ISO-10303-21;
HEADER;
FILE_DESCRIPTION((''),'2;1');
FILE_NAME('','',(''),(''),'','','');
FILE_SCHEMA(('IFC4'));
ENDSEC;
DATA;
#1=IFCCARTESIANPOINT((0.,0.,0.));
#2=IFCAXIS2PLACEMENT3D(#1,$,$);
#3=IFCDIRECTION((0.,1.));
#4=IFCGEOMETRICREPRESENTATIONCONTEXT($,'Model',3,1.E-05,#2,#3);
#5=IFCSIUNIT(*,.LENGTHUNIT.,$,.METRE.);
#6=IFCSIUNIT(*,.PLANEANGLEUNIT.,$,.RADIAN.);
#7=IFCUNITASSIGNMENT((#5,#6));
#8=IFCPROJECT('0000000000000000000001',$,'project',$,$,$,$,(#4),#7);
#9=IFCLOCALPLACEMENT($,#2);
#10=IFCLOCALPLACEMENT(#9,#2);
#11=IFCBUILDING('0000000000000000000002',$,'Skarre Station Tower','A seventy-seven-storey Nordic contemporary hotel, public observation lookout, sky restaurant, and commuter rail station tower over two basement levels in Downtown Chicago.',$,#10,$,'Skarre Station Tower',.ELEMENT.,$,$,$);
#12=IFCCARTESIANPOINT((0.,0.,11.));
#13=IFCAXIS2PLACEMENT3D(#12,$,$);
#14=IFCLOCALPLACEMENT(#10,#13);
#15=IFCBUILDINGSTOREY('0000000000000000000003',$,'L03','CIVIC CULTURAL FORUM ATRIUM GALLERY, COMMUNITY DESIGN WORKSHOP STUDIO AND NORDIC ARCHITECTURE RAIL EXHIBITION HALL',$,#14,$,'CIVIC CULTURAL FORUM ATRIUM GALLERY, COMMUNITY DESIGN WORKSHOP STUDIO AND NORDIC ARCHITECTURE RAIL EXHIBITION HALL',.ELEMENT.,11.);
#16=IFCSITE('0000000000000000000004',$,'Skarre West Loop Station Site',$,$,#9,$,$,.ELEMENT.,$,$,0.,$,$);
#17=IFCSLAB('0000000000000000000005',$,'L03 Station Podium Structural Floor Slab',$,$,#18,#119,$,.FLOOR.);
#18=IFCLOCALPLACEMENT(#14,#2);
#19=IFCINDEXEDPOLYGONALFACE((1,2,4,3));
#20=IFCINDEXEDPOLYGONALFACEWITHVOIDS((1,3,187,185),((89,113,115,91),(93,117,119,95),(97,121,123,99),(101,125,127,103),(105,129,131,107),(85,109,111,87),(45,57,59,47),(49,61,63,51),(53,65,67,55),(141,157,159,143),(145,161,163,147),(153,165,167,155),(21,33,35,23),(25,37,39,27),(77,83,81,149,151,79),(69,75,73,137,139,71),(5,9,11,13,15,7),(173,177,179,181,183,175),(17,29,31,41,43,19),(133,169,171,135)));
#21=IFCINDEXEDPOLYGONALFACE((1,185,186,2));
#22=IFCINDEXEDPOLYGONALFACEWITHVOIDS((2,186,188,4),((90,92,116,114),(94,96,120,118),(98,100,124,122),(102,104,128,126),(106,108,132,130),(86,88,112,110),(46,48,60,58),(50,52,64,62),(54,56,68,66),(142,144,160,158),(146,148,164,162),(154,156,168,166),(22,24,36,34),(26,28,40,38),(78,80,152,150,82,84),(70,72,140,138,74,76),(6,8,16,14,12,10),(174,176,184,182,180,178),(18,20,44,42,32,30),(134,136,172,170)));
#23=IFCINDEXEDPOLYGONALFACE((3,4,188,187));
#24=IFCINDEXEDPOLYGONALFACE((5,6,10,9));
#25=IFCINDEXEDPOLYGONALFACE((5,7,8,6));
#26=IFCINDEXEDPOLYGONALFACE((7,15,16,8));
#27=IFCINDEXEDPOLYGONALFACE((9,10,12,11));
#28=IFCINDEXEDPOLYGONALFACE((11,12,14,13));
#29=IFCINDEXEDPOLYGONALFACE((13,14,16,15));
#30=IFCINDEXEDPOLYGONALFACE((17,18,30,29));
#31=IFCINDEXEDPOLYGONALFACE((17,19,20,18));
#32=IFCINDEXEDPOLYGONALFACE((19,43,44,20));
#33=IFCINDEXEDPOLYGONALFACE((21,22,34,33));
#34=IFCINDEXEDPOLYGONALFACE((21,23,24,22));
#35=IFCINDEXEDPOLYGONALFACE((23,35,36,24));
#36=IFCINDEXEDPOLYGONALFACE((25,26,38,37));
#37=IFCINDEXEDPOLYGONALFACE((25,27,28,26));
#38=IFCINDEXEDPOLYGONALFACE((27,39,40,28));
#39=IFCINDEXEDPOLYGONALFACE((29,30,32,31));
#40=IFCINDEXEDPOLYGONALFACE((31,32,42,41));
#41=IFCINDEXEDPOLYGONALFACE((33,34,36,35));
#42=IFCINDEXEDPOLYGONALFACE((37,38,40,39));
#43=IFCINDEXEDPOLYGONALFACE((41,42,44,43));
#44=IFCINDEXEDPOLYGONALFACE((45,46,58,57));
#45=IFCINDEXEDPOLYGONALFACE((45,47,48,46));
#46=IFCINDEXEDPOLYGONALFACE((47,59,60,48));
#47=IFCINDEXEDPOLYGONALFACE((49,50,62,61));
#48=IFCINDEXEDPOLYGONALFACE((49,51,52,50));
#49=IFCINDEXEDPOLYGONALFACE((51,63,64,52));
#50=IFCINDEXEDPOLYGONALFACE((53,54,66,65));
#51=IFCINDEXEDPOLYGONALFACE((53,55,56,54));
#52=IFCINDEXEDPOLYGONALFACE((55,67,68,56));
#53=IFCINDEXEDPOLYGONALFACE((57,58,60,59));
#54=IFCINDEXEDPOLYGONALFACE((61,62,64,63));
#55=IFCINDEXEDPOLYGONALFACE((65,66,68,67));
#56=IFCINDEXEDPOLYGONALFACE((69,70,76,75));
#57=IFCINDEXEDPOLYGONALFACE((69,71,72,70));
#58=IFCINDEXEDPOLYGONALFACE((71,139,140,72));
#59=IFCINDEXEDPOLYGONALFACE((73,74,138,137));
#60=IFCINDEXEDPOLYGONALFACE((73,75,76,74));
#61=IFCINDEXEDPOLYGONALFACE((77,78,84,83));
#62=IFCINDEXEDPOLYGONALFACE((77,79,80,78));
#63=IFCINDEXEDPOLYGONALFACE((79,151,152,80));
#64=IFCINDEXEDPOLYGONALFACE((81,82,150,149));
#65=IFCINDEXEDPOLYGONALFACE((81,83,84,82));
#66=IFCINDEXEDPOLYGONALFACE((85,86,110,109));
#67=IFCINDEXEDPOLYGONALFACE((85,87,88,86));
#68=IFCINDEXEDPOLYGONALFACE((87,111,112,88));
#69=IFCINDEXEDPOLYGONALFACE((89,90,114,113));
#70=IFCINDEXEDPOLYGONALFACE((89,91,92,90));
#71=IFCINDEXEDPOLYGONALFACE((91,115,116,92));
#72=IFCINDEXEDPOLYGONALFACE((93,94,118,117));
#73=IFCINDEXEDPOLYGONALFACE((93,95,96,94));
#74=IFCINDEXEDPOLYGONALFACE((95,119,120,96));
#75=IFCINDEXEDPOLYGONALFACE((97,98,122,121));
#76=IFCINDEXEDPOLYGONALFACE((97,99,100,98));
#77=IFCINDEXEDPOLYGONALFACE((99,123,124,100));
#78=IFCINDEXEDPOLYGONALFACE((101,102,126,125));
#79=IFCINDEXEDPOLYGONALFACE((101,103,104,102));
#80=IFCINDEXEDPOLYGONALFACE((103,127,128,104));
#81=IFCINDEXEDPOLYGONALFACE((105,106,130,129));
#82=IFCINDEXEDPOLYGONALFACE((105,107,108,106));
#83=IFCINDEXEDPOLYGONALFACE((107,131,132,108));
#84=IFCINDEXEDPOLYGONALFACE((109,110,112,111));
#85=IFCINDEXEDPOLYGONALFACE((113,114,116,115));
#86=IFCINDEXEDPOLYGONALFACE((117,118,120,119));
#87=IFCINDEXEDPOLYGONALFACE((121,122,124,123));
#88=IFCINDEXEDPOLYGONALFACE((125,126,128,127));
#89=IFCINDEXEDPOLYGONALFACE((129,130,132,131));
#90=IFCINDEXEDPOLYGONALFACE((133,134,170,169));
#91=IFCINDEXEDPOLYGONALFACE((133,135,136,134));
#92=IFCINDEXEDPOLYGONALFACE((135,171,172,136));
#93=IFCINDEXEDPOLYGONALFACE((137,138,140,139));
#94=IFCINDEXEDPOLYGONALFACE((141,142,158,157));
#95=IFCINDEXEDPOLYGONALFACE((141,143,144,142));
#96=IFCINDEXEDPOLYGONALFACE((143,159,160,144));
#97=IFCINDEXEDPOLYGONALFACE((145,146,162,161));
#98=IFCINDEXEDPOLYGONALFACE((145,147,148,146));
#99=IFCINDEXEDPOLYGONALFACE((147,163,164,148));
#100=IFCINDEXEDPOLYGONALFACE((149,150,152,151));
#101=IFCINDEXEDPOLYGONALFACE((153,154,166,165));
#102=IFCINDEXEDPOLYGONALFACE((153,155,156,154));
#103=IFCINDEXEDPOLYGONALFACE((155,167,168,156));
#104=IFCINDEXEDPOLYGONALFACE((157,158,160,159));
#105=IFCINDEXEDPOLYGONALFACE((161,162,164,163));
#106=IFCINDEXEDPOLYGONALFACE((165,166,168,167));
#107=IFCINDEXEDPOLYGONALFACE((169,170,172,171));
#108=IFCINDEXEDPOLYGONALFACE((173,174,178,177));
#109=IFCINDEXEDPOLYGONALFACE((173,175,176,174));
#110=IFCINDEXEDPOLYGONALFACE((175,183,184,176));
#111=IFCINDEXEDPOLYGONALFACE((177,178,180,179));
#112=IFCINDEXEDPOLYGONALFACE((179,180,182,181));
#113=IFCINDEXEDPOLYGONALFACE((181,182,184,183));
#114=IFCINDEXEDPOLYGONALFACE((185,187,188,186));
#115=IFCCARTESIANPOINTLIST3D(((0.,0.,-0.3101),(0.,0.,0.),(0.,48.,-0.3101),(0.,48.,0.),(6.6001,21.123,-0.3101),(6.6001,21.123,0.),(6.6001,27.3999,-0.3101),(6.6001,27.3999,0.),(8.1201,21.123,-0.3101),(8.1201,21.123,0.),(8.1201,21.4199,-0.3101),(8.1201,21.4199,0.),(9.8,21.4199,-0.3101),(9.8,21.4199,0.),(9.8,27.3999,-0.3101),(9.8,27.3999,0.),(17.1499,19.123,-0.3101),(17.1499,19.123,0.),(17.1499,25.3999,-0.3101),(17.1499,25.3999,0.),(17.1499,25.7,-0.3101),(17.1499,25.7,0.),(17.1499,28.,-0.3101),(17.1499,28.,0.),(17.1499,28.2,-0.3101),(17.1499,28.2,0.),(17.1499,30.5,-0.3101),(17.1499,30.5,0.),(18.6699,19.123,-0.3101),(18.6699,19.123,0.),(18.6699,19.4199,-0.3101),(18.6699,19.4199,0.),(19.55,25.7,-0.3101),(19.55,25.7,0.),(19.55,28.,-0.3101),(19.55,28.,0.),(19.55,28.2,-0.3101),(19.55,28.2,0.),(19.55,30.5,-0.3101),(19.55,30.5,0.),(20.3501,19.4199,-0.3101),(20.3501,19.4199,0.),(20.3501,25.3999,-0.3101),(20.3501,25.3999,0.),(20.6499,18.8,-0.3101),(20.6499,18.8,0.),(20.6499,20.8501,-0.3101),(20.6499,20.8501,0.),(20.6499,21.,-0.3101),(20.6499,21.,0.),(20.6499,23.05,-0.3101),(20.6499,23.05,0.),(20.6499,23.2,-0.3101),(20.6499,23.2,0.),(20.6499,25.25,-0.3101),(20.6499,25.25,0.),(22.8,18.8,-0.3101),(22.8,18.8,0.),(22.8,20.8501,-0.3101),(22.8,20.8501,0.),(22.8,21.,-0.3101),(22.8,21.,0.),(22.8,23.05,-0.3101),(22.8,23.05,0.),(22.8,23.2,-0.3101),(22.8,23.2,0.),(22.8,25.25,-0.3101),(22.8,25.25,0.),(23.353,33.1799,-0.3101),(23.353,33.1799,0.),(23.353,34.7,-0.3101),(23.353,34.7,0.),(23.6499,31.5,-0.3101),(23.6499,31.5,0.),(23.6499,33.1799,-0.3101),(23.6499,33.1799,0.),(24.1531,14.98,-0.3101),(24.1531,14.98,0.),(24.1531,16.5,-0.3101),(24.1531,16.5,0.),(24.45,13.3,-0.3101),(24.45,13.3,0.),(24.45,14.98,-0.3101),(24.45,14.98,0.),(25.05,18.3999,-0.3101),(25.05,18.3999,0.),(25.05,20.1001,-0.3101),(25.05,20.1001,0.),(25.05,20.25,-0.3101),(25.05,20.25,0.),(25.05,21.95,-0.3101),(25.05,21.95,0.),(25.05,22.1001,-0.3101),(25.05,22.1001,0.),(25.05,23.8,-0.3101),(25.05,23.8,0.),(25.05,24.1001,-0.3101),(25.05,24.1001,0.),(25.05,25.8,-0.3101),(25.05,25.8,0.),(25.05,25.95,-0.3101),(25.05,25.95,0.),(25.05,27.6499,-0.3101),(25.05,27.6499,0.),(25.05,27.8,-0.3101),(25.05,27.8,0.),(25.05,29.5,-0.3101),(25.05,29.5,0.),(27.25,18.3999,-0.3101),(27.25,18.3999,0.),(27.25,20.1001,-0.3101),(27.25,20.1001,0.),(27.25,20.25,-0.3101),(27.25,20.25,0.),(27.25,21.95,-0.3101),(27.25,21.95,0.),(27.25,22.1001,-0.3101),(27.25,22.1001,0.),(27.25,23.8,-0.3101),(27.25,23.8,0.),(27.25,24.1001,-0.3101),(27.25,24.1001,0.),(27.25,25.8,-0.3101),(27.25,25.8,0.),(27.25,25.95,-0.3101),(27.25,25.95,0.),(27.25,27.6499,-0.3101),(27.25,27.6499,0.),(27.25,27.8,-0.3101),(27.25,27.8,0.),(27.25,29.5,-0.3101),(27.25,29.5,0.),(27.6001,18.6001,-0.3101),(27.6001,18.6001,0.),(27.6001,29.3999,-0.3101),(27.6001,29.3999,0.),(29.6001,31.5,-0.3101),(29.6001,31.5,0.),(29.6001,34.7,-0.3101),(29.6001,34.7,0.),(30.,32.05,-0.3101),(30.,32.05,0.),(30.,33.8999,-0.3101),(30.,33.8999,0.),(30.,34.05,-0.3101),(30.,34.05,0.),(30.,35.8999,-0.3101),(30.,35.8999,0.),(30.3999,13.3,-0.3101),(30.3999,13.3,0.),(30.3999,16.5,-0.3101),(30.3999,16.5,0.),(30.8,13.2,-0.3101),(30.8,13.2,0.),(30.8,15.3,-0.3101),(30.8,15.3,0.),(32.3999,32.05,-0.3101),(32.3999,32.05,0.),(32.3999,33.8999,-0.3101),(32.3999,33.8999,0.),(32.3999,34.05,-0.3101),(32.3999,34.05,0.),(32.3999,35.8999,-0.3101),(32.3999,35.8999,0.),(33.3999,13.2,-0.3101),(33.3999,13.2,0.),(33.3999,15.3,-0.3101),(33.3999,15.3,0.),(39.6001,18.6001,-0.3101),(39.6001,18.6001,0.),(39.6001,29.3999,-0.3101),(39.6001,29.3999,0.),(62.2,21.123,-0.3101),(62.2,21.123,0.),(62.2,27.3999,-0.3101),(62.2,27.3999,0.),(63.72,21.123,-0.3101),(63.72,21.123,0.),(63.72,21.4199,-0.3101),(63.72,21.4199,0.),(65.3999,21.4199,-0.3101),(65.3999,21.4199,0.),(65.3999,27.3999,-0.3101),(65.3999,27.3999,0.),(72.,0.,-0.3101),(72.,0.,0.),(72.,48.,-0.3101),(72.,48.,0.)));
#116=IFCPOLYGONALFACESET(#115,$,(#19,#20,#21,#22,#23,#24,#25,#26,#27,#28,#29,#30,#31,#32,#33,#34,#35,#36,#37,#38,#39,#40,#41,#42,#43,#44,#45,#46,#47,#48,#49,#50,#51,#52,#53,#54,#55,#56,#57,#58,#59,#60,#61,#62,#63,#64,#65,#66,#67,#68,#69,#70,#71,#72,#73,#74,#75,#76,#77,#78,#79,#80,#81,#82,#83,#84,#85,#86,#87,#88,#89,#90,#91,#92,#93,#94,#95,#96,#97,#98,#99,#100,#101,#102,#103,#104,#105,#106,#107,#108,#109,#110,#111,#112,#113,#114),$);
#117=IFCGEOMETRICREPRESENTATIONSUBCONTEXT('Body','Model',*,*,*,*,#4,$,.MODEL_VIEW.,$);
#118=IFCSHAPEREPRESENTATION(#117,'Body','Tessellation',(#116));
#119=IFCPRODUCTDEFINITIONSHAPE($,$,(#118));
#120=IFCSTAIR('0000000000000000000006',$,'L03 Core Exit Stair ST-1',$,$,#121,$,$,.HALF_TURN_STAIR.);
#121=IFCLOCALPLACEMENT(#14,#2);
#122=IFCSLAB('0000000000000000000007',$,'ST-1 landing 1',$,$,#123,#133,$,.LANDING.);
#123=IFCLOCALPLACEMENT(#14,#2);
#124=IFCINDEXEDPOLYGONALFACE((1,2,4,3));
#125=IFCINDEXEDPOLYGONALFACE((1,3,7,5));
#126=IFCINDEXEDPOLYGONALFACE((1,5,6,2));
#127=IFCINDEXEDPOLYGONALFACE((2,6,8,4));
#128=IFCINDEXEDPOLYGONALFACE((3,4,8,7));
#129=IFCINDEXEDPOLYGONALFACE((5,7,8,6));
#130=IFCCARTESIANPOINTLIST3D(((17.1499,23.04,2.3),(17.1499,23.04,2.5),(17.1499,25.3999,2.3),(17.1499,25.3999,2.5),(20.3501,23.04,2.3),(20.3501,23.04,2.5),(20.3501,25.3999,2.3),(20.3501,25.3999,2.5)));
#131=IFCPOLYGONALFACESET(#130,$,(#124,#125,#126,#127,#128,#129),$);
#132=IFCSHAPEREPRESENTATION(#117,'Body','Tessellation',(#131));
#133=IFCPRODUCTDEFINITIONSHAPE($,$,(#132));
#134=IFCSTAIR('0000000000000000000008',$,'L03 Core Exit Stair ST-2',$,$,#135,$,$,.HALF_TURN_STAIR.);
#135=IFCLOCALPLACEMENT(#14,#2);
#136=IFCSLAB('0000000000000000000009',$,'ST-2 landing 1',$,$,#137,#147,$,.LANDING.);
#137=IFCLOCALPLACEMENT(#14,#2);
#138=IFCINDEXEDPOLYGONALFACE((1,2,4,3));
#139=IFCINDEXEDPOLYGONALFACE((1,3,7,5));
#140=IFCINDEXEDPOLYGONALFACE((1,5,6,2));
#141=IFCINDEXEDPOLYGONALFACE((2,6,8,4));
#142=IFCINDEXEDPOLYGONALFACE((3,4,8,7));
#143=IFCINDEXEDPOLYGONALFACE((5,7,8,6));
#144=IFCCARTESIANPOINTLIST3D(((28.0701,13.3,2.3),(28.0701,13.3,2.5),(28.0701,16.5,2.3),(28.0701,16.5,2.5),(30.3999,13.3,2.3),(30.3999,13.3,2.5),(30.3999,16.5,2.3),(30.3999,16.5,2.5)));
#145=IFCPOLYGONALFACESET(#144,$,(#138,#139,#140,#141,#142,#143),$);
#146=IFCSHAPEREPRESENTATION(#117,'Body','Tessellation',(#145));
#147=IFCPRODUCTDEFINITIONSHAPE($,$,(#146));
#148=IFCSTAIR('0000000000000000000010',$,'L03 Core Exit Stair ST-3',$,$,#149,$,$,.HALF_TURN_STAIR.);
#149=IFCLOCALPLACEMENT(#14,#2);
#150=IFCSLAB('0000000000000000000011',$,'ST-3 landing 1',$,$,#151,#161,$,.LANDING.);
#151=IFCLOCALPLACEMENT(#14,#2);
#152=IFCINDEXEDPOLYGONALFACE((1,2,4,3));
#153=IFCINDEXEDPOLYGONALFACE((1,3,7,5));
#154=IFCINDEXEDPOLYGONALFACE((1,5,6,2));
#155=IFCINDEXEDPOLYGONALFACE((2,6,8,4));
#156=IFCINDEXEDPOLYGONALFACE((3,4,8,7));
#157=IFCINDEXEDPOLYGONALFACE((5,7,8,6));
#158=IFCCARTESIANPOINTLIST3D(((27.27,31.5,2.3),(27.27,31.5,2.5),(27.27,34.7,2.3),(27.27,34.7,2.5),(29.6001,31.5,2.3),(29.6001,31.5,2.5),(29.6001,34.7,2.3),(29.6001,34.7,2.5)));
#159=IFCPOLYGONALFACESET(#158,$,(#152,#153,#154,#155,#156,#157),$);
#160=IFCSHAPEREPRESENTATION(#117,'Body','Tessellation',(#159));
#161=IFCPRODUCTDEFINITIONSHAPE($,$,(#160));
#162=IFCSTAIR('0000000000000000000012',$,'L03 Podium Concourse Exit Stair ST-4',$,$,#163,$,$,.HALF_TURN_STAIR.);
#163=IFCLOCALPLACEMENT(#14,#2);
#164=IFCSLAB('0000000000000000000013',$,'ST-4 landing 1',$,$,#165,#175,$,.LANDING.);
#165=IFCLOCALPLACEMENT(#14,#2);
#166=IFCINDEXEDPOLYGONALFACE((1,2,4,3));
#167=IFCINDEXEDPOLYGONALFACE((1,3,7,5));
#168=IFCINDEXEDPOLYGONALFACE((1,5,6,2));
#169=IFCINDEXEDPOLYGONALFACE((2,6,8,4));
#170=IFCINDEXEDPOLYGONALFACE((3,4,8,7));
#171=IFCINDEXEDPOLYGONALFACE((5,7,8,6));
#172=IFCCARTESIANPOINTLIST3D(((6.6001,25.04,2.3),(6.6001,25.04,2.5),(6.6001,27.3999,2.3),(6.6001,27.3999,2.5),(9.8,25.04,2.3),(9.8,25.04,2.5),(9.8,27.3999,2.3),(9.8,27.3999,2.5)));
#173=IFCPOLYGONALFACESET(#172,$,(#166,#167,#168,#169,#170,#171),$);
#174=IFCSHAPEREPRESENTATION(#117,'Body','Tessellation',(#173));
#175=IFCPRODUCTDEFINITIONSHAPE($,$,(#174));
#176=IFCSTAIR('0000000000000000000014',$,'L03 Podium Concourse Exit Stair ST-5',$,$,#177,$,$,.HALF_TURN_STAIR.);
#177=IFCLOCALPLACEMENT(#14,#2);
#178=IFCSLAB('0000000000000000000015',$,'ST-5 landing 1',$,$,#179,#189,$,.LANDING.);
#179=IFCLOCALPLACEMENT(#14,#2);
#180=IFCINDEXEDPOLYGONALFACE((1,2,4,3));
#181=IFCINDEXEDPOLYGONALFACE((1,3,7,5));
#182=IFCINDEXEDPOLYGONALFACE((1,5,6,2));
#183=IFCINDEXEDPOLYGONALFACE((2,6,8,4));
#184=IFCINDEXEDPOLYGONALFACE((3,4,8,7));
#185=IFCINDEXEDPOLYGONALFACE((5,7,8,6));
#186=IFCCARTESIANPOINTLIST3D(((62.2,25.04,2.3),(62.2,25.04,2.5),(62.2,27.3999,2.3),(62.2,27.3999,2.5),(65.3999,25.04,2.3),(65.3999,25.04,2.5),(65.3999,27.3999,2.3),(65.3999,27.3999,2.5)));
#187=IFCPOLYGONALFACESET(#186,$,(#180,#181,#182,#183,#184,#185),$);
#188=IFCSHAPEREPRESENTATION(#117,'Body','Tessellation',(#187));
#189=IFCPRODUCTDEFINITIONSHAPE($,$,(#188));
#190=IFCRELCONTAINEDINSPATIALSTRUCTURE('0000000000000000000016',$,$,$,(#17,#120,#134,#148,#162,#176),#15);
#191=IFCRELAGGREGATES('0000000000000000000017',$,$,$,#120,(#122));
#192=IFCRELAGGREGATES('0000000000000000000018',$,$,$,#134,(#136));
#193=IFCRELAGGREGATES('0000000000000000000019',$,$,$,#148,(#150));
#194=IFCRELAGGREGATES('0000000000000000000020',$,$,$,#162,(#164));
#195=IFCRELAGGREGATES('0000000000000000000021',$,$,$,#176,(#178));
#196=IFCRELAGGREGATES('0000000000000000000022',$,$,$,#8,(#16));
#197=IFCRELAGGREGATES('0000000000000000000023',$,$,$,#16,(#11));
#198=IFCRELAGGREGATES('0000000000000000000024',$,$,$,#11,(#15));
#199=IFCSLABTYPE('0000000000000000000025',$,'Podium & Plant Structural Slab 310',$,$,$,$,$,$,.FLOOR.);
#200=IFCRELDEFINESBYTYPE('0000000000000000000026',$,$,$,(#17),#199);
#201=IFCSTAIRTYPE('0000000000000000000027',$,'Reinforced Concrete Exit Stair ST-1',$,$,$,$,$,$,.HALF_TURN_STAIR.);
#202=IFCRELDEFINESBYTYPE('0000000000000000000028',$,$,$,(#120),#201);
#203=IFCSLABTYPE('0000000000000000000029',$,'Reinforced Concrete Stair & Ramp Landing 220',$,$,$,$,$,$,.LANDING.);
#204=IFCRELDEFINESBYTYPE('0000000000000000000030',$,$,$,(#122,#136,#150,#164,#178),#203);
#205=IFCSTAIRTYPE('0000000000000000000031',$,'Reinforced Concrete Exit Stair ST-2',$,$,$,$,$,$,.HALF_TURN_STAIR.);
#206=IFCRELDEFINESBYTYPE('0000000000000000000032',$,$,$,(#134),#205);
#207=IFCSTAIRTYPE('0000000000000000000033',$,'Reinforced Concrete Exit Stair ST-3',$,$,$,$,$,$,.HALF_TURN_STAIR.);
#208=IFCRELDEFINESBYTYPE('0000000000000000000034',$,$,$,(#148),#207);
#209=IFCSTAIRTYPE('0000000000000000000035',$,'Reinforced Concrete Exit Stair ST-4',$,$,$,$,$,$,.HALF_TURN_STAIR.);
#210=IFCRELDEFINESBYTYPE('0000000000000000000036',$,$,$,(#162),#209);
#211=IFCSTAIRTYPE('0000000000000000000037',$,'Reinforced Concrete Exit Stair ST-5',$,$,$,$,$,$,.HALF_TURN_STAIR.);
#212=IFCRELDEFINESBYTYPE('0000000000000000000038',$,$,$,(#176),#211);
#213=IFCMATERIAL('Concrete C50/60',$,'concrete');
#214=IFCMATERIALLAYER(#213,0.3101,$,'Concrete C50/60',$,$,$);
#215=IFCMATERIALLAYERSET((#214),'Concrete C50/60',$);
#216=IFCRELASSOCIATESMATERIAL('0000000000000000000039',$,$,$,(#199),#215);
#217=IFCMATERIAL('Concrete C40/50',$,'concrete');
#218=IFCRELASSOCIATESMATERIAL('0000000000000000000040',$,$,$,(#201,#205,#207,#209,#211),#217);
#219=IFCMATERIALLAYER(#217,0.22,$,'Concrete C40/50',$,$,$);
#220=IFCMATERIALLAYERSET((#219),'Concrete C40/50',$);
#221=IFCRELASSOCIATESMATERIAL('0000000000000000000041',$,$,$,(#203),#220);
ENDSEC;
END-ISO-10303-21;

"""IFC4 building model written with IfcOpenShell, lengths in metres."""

from ifc_helpers import new_model, si_unit, direction, frame, origin, place, context, subcontext, project, spatial, polyline, outline, extrude, material, layer, layer_set, type_object, element, aggregate, save


model = new_model("IFC4")

# Units and contexts
model_context = context("Model", 3, precision=1e-05, world=origin(), true_north=direction((0.0, 1.0)))
body_context = subcontext(model_context, "Body", "Model", "MODEL_VIEW")
ifc_project = project(units=[si_unit("LENGTHUNIT", "METRE"), si_unit("PLANEANGLEUNIT", "RADIAN")], contexts=[model_context])

# Site, building, storey
site_placement = place(None, origin())
site = spatial("IfcSite", under=ifc_project, at=site_placement, Name="Skarre West Loop Station Site", CompositionType="ELEMENT", RefElevation=0.0)
building_placement = place(site_placement, origin())
building = spatial("IfcBuilding", under=site, at=building_placement, Name="Skarre Station Tower", Description="A seventy-seven-storey Nordic contemporary hotel, public observation lookout, sky restaurant, and commuter rail station tower over two basement levels in Downtown Chicago.", LongName="Skarre Station Tower", CompositionType="ELEMENT")
storey_placement = place(building_placement, frame((0.0, 0.0, 11.0)))
storey = spatial("IfcBuildingStorey", under=building, at=storey_placement, Name="L03", Description="CIVIC CULTURAL FORUM ATRIUM GALLERY, COMMUNITY DESIGN WORKSHOP STUDIO AND NORDIC ARCHITECTURE RAIL EXHIBITION HALL", LongName="CIVIC CULTURAL FORUM ATRIUM GALLERY, COMMUNITY DESIGN WORKSHOP STUDIO AND NORDIC ARCHITECTURE RAIL EXHIBITION HALL", CompositionType="ELEMENT", Elevation=11.0)

# Slab
ifc_material_1 = material(Name="Concrete C50/60", Category="concrete")
ifc_layer_1 = layer(ifc_material_1, 0.3101, Name="Concrete C50/60")
ifc_layer_set_1 = layer_set([ifc_layer_1], Name="Concrete C50/60")
slab_type_1 = type_object("IfcSlabType", Name="Podium & Plant Structural Slab 310", PredefinedType="FLOOR", material=ifc_layer_set_1)
slab_1_placement = place(storey_placement, frame((0.0, 0.0, -0.3101)))
element("IfcSlab", 1, at=slab_1_placement, inside=storey, type_object=slab_type_1, Name="L03 Station Podium Structural Floor Slab", PredefinedType="FLOOR", context=body_context, shape_type="SweptSolid", body=[
    extrude(outline(polyline([(0.0, 0.0), (72.0, 0.0), (72.0, 48.0), (0.0, 48.0), (0.0, 0.0)]), holes=[polyline([(18.6699, 19.4199), (18.6699, 19.123), (17.1499, 19.123), (17.1499, 25.3999), (20.3501, 25.3999), (20.3501, 19.4199), (18.6699, 19.4199)]), polyline([(24.45, 14.98), (24.1531, 14.98), (24.1531, 16.5), (30.3999, 16.5), (30.3999, 13.3), (24.45, 13.3), (24.45, 14.98)]), polyline([(23.6499, 33.1799), (23.353, 33.1799), (23.353, 34.7), (29.6001, 34.7), (29.6001, 31.5), (23.6499, 31.5), (23.6499, 33.1799)]), polyline([(8.1201, 21.4199), (8.1201, 21.123), (6.6001, 21.123), (6.6001, 27.3999), (9.8, 27.3999), (9.8, 21.4199), (8.1201, 21.4199)]), polyline([(63.72, 21.4199), (63.72, 21.123), (62.2, 21.123), (62.2, 27.3999), (65.3999, 27.3999), (65.3999, 21.4199), (63.72, 21.4199)]), polyline([(17.1499, 28.0), (19.55, 28.0), (19.55, 25.7), (17.1499, 25.7), (17.1499, 28.0)]), polyline([(17.1499, 30.5), (19.55, 30.5), (19.55, 28.2), (17.1499, 28.2), (17.1499, 30.5)]), polyline([(30.8, 15.3), (33.3999, 15.3), (33.3999, 13.2), (30.8, 13.2), (30.8, 15.3)]), polyline([(25.05, 20.1001), (27.25, 20.1001), (27.25, 18.3999), (25.05, 18.3999), (25.05, 20.1001)]), polyline([(25.05, 21.95), (27.25, 21.95), (27.25, 20.25), (25.05, 20.25), (25.05, 21.95)]), polyline([(25.05, 23.8), (27.25, 23.8), (27.25, 22.1001), (25.05, 22.1001), (25.05, 23.8)]), polyline([(25.05, 25.8), (27.25, 25.8), (27.25, 24.1001), (25.05, 24.1001), (25.05, 25.8)]), polyline([(25.05, 27.6499), (27.25, 27.6499), (27.25, 25.95), (25.05, 25.95), (25.05, 27.6499)]), polyline([(25.05, 29.5), (27.25, 29.5), (27.25, 27.8), (25.05, 27.8), (25.05, 29.5)]), polyline([(20.6499, 20.8501), (22.8, 20.8501), (22.8, 18.8), (20.6499, 18.8), (20.6499, 20.8501)]), polyline([(20.6499, 23.05), (22.8, 23.05), (22.8, 21.0), (20.6499, 21.0), (20.6499, 23.05)]), polyline([(20.6499, 25.25), (22.8, 25.25), (22.8, 23.2), (20.6499, 23.2), (20.6499, 25.25)]), polyline([(30.0, 33.8999), (32.3999, 33.8999), (32.3999, 32.05), (30.0, 32.05), (30.0, 33.8999)]), polyline([(30.0, 35.8999), (32.3999, 35.8999), (32.3999, 34.05), (30.0, 34.05), (30.0, 35.8999)]), polyline([(27.6001, 29.3999), (39.6001, 29.3999), (39.6001, 18.6001), (27.6001, 18.6001), (27.6001, 29.3999)])]), origin(), (0.0, 0.0, 1.0), 0.3101),
])

# Stairs, slabs
ifc_material_2 = material(Name="Concrete C40/50", Category="concrete")
stair_type_1 = type_object("IfcStairType", Name="Reinforced Concrete Exit Stair ST-1", PredefinedType="HALF_TURN_STAIR", material=ifc_material_2)
stair_1_placement = place(storey_placement, origin())
stair_1 = element("IfcStair", 2, at=stair_1_placement, inside=storey, type_object=stair_type_1, Name="L03 Core Exit Stair ST-1", PredefinedType="HALF_TURN_STAIR")
ifc_layer_2 = layer(ifc_material_2, 0.22, Name="Concrete C40/50")
ifc_layer_set_2 = layer_set([ifc_layer_2], Name="Concrete C40/50")
slab_type_2 = type_object("IfcSlabType", Name="Reinforced Concrete Stair & Ramp Landing 220", PredefinedType="LANDING", material=ifc_layer_set_2)
slab_2_placement = place(storey_placement, frame((0.0, 0.0, 2.3)))
slab_2 = element("IfcSlab", 3, at=slab_2_placement, type_object=slab_type_2, Name="ST-1 landing 1", PredefinedType="LANDING", context=body_context, shape_type="SweptSolid", body=[
    extrude(outline(polyline([(20.3501, 23.04), (20.3501, 25.3999), (17.1499, 25.3999), (17.1499, 23.04), (20.3501, 23.04)])), origin(), (0.0, 0.0, 1.0), 0.2),
])
aggregate(stair_1, [slab_2])
stair_type_2 = type_object("IfcStairType", Name="Reinforced Concrete Exit Stair ST-2", PredefinedType="HALF_TURN_STAIR", material=ifc_material_2)
stair_2_placement = place(storey_placement, origin())
stair_2 = element("IfcStair", 4, at=stair_2_placement, inside=storey, type_object=stair_type_2, Name="L03 Core Exit Stair ST-2", PredefinedType="HALF_TURN_STAIR")
slab_3_placement = place(storey_placement, frame((0.0, 0.0, 2.3)))
slab_3 = element("IfcSlab", 5, at=slab_3_placement, type_object=slab_type_2, Name="ST-2 landing 1", PredefinedType="LANDING", context=body_context, shape_type="SweptSolid", body=[
    extrude(outline(polyline([(28.0701, 13.3), (30.3999, 13.3), (30.3999, 16.5), (28.0701, 16.5), (28.0701, 13.3)])), origin(), (0.0, 0.0, 1.0), 0.2),
])
aggregate(stair_2, [slab_3])
stair_type_3 = type_object("IfcStairType", Name="Reinforced Concrete Exit Stair ST-3", PredefinedType="HALF_TURN_STAIR", material=ifc_material_2)
stair_3_placement = place(storey_placement, origin())
stair_3 = element("IfcStair", 6, at=stair_3_placement, inside=storey, type_object=stair_type_3, Name="L03 Core Exit Stair ST-3", PredefinedType="HALF_TURN_STAIR")
slab_4_placement = place(storey_placement, frame((0.0, 0.0, 2.3)))
slab_4 = element("IfcSlab", 7, at=slab_4_placement, type_object=slab_type_2, Name="ST-3 landing 1", PredefinedType="LANDING", context=body_context, shape_type="SweptSolid", body=[
    extrude(outline(polyline([(27.27, 31.5), (29.6001, 31.5), (29.6001, 34.7), (27.27, 34.7), (27.27, 31.5)])), origin(), (0.0, 0.0, 1.0), 0.2),
])
aggregate(stair_3, [slab_4])
stair_type_4 = type_object("IfcStairType", Name="Reinforced Concrete Exit Stair ST-4", PredefinedType="HALF_TURN_STAIR", material=ifc_material_2)
stair_4_placement = place(storey_placement, origin())
stair_4 = element("IfcStair", 8, at=stair_4_placement, inside=storey, type_object=stair_type_4, Name="L03 Podium Concourse Exit Stair ST-4", PredefinedType="HALF_TURN_STAIR")
slab_5_placement = place(storey_placement, frame((0.0, 0.0, 2.3)))
slab_5 = element("IfcSlab", 9, at=slab_5_placement, type_object=slab_type_2, Name="ST-4 landing 1", PredefinedType="LANDING", context=body_context, shape_type="SweptSolid", body=[
    extrude(outline(polyline([(9.8, 25.04), (9.8, 27.3999), (6.6001, 27.3999), (6.6001, 25.04), (9.8, 25.04)])), origin(), (0.0, 0.0, 1.0), 0.2),
])
aggregate(stair_4, [slab_5])
stair_type_5 = type_object("IfcStairType", Name="Reinforced Concrete Exit Stair ST-5", PredefinedType="HALF_TURN_STAIR", material=ifc_material_2)
stair_5_placement = place(storey_placement, origin())
stair_5 = element("IfcStair", 10, at=stair_5_placement, inside=storey, type_object=stair_type_5, Name="L03 Podium Concourse Exit Stair ST-5", PredefinedType="HALF_TURN_STAIR")
slab_6_placement = place(storey_placement, frame((0.0, 0.0, 2.3)))
slab_6 = element("IfcSlab", 11, at=slab_6_placement, type_object=slab_type_2, Name="ST-5 landing 1", PredefinedType="LANDING", context=body_context, shape_type="SweptSolid", body=[
    extrude(outline(polyline([(65.3999, 25.04), (65.3999, 27.3999), (62.2, 27.3999), (62.2, 25.04), (65.3999, 25.04)])), origin(), (0.0, 0.0, 1.0), 0.2),
])
aggregate(stair_5, [slab_6])

save(model, "model.ifc")
